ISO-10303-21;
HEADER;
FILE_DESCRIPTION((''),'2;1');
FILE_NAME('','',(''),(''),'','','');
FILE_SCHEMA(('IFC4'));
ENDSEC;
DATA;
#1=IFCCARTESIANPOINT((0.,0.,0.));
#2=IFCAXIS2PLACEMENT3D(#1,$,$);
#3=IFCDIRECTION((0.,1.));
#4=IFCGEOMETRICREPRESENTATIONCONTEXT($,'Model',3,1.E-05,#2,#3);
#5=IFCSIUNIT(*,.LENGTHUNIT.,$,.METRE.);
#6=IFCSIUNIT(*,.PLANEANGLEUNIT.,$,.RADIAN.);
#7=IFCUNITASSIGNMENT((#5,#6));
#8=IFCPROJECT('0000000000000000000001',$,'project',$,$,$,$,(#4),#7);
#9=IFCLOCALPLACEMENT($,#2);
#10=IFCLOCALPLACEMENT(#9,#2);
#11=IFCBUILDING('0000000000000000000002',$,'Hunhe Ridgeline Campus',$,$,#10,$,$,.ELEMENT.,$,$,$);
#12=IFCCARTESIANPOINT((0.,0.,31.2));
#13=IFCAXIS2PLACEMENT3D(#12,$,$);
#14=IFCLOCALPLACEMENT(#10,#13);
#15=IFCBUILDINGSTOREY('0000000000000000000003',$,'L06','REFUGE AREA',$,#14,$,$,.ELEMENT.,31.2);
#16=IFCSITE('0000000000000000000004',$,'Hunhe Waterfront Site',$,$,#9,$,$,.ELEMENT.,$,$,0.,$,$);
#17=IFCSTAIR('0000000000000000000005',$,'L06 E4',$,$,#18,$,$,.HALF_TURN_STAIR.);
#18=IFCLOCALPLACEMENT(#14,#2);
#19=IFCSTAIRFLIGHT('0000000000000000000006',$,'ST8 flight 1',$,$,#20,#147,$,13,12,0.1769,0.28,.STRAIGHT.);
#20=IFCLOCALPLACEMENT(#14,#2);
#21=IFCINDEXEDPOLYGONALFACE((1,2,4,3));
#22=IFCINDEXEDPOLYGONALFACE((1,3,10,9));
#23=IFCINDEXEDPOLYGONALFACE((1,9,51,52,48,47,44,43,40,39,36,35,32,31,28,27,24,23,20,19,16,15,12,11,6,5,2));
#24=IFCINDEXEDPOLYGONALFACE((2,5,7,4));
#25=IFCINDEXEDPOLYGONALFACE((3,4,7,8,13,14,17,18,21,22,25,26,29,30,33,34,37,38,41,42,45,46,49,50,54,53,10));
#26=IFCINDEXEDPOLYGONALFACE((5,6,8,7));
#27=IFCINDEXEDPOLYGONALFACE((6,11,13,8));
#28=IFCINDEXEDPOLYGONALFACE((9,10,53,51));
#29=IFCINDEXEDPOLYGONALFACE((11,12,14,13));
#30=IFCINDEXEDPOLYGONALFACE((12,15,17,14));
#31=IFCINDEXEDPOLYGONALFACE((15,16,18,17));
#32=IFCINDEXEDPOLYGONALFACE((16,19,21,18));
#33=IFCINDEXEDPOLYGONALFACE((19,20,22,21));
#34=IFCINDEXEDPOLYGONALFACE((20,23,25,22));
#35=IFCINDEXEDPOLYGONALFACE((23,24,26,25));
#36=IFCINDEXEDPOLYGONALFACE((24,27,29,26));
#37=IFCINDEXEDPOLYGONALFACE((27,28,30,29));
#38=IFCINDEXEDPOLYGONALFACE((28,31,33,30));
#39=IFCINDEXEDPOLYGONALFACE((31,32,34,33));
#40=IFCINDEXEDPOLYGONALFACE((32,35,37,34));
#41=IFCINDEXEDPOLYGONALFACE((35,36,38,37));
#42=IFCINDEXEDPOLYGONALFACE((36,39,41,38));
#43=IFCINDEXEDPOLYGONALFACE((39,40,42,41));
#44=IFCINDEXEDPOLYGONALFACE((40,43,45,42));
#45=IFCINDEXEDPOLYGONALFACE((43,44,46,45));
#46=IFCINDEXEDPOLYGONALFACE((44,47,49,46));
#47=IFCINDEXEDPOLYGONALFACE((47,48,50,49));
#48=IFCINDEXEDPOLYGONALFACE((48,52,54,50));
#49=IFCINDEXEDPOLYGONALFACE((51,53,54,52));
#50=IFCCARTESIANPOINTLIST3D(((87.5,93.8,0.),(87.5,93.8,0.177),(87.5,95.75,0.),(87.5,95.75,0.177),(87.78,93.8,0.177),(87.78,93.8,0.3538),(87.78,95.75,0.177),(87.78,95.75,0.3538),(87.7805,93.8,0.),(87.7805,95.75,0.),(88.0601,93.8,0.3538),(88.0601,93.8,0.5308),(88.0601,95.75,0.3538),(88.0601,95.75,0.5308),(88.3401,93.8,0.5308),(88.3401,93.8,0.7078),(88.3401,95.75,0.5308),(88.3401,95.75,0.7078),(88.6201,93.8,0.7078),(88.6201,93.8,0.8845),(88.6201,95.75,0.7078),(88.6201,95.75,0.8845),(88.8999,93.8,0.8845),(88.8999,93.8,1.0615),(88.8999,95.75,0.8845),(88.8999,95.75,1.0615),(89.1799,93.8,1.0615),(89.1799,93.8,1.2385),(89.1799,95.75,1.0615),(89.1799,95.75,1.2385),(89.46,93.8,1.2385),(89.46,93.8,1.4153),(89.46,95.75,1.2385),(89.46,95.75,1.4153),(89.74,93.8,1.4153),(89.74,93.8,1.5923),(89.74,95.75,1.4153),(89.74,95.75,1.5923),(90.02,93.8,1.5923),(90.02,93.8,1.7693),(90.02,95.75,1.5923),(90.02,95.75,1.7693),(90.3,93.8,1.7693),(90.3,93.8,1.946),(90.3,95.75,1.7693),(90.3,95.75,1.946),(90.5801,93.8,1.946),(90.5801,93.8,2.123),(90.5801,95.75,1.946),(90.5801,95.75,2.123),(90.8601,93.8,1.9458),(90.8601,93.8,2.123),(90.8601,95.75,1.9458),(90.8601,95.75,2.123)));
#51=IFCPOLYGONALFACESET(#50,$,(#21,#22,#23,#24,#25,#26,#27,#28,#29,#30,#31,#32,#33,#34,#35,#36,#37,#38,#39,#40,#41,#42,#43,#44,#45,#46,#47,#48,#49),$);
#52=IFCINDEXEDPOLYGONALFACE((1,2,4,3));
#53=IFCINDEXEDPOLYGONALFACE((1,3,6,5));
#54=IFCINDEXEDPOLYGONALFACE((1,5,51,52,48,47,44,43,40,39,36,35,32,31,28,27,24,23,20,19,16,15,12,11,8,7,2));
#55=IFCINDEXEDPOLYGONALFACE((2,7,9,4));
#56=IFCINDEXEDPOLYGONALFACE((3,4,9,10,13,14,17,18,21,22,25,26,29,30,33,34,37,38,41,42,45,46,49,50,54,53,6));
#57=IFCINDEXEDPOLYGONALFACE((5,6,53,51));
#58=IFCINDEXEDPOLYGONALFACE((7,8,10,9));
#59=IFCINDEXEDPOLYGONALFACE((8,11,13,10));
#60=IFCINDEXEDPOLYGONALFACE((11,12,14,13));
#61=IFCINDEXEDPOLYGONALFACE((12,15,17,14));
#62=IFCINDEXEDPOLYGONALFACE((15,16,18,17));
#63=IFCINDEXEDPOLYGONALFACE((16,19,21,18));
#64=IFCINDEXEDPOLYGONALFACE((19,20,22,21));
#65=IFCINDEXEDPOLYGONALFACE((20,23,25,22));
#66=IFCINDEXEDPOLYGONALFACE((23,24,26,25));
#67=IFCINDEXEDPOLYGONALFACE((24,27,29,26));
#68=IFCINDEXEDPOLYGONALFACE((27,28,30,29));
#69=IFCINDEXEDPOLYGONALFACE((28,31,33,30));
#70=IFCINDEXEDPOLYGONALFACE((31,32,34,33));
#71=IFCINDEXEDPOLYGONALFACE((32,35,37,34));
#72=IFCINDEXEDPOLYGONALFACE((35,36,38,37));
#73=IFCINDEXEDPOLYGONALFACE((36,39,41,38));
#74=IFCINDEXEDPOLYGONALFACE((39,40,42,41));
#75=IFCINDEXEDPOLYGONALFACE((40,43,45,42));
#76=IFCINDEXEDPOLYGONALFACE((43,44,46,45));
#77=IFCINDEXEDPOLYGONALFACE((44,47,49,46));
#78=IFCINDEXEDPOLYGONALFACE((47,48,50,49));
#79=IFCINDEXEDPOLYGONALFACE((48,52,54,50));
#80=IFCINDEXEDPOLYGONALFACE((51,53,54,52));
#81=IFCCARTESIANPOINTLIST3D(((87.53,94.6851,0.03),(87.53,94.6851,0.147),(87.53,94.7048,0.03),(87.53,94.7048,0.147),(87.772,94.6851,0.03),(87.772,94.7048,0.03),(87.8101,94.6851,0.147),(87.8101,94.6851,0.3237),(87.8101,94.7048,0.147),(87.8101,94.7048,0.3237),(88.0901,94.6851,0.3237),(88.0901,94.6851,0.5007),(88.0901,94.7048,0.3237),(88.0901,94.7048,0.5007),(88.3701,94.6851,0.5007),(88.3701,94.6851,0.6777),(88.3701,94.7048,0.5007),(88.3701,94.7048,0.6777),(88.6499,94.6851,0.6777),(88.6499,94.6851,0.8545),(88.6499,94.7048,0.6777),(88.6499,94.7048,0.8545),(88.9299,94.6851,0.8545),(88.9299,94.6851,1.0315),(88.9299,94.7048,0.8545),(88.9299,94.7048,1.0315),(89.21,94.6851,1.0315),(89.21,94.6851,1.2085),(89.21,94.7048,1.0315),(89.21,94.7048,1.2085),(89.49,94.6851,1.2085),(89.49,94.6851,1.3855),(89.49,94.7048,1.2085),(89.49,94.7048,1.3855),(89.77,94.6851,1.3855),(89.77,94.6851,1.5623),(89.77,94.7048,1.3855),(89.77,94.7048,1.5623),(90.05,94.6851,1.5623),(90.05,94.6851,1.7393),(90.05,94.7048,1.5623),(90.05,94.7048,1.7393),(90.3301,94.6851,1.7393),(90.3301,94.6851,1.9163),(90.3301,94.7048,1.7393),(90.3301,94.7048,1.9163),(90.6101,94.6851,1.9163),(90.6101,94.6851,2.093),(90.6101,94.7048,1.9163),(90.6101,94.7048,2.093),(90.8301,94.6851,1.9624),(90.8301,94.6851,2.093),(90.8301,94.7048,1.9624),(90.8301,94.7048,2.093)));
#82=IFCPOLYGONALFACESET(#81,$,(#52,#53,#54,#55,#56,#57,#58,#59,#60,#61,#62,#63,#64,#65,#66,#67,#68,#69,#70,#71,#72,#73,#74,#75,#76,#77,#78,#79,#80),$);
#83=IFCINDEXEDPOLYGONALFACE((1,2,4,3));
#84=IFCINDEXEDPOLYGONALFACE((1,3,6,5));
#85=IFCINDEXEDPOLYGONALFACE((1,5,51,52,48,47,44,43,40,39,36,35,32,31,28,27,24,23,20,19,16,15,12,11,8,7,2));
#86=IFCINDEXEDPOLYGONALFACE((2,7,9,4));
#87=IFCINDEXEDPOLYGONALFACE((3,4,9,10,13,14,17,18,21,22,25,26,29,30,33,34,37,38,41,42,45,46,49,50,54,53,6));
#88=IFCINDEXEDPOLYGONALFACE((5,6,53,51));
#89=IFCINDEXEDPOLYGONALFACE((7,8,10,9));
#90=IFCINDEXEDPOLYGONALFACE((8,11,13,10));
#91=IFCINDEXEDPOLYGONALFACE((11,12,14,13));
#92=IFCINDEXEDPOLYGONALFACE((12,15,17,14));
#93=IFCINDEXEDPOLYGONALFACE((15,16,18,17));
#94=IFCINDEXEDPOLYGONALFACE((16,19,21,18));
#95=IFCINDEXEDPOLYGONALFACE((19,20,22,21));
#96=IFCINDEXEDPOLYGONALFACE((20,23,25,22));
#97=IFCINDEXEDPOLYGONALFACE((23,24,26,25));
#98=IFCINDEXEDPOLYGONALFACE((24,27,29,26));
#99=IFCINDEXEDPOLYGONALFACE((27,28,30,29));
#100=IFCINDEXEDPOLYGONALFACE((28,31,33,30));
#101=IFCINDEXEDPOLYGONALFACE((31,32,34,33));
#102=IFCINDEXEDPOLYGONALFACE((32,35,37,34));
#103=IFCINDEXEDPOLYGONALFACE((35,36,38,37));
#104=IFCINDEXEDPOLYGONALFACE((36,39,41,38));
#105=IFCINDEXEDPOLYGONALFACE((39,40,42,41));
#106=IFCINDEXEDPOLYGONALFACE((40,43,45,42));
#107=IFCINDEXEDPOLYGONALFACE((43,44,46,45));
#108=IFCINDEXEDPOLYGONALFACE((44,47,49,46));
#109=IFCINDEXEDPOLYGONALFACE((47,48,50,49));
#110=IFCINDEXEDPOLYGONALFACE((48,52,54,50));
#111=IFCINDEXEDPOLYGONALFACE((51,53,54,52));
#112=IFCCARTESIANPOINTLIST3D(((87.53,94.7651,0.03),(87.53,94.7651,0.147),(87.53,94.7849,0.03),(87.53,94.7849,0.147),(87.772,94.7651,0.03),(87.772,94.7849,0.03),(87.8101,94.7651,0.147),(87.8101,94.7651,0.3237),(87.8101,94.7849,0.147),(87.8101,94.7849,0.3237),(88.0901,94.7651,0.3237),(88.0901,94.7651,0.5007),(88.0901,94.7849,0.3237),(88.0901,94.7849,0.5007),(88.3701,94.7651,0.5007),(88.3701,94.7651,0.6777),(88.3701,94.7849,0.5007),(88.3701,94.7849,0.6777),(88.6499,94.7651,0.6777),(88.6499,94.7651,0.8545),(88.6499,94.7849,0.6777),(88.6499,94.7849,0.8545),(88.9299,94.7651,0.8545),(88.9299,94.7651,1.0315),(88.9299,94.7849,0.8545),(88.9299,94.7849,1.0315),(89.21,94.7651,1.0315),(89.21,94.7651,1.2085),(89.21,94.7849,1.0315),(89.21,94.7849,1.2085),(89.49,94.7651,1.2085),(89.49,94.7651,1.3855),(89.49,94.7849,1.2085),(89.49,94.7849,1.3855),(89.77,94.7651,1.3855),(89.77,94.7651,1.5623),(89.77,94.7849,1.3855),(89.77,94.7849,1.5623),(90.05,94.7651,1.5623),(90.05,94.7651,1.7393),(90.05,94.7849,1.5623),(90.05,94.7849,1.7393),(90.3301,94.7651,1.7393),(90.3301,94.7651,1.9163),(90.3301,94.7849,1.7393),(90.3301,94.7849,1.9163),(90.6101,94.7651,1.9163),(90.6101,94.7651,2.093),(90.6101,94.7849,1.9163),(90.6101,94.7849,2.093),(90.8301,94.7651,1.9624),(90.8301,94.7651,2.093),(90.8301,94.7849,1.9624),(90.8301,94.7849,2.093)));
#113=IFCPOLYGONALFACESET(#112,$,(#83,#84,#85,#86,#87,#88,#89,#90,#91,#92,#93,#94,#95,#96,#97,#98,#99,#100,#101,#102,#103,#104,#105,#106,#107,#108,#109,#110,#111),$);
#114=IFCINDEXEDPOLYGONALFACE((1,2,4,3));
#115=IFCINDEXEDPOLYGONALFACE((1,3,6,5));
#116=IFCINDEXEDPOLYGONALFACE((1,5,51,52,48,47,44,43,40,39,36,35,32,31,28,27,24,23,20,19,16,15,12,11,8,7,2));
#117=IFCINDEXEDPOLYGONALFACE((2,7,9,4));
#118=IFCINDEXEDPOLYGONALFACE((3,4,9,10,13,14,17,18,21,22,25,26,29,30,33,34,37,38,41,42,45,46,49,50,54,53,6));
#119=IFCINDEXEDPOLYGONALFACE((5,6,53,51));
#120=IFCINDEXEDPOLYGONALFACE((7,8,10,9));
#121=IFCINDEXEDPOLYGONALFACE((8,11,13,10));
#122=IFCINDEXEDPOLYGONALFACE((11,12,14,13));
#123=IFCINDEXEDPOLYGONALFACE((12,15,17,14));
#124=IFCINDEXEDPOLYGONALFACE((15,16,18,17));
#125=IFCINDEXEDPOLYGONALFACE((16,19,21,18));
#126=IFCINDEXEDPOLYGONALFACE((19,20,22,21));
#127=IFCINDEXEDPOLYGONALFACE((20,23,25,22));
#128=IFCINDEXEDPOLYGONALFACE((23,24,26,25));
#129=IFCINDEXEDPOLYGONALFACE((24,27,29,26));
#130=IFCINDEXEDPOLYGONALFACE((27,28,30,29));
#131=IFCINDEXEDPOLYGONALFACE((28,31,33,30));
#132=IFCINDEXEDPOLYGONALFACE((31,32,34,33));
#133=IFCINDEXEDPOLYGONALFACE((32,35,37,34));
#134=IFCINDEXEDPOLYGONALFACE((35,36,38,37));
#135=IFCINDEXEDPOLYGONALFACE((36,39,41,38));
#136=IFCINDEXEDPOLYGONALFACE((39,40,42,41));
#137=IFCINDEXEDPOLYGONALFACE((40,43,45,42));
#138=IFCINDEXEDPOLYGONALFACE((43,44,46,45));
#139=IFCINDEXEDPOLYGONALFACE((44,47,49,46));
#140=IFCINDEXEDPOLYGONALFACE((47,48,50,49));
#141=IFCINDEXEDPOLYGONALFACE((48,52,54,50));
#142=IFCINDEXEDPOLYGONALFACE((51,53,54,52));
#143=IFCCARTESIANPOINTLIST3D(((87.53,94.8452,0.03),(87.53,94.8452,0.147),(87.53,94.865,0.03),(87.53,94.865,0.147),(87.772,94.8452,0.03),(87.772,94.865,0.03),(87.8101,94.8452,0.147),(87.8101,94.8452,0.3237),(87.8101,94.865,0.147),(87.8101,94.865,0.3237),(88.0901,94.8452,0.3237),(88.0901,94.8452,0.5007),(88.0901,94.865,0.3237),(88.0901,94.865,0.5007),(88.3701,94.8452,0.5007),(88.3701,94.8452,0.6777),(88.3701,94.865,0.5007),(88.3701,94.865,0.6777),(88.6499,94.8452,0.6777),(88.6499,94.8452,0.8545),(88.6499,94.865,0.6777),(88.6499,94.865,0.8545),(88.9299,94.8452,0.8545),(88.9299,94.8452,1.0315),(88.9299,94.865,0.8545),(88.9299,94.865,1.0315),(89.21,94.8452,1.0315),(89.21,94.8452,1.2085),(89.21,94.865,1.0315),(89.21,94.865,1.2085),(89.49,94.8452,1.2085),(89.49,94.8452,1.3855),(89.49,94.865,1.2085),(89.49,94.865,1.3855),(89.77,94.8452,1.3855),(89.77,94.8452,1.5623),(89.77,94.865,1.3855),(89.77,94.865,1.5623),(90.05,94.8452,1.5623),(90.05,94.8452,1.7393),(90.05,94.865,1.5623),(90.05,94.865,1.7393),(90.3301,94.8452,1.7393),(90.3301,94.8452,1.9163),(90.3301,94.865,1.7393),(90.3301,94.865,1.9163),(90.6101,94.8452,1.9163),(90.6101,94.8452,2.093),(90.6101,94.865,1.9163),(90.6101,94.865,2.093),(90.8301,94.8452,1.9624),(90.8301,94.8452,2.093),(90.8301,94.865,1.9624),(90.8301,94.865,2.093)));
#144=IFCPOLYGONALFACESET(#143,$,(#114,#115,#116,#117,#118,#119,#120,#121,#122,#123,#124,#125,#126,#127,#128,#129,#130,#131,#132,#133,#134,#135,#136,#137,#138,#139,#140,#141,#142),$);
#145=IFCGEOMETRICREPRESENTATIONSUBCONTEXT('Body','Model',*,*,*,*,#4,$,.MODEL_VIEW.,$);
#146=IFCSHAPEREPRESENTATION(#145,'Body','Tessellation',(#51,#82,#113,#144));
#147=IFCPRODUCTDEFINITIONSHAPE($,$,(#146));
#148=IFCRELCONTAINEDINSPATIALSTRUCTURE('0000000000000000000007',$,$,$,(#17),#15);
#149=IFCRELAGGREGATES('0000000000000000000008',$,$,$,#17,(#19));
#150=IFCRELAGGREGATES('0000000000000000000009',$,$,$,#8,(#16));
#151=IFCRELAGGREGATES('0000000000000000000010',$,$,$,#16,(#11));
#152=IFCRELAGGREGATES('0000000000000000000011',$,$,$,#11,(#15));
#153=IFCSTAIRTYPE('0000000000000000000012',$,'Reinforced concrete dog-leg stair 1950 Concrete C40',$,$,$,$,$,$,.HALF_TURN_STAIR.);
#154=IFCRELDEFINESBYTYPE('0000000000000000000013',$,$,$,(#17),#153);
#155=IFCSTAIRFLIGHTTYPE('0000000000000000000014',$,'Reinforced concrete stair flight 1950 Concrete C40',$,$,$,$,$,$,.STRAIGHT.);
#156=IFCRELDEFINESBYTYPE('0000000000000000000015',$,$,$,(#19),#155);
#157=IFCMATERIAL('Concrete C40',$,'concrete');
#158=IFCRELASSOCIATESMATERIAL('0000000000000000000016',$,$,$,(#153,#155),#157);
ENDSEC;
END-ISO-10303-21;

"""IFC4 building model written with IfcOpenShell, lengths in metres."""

from ifc_helpers import new_model, si_unit, direction, frame, origin, place, context, subcontext, project, spatial, polyline, outline, extrude, material, type_object, element, aggregate, save


model = new_model("IFC4")

# Units and contexts
model_context = context("Model", 3, precision=1e-05, world=origin(), true_north=direction((0.0, 1.0)))
body_context = subcontext(model_context, "Body", "Model", "MODEL_VIEW")
ifc_project = project(units=[si_unit("LENGTHUNIT", "METRE"), si_unit("PLANEANGLEUNIT", "RADIAN")], contexts=[model_context])

# Site, building, storey
site_placement = place(None, origin())
site = spatial("IfcSite", under=ifc_project, at=site_placement, Name="Hunhe Waterfront Site", CompositionType="ELEMENT", RefElevation=0.0)
building_placement = place(site_placement, origin())
building = spatial("IfcBuilding", under=site, at=building_placement, Name="Hunhe Ridgeline Campus", CompositionType="ELEMENT")
storey_placement = place(building_placement, frame((0.0, 0.0, 31.2)))
storey = spatial("IfcBuildingStorey", under=building, at=storey_placement, Name="L06", Description="REFUGE AREA", CompositionType="ELEMENT", Elevation=31.2)

# Stair, stair flight
ifc_material_1 = material(Name="Concrete C40", Category="concrete")
stair_type = type_object("IfcStairType", Name="Reinforced concrete dog-leg stair 1950 Concrete C40", PredefinedType="HALF_TURN_STAIR", material=ifc_material_1)
stair_placement = place(storey_placement, origin())
stair = element("IfcStair", 1, at=stair_placement, inside=storey, type_object=stair_type, Name="L06 E4", PredefinedType="HALF_TURN_STAIR")
stair_flight_type = type_object("IfcStairFlightType", Name="Reinforced concrete stair flight 1950 Concrete C40", PredefinedType="STRAIGHT", material=ifc_material_1)
stair_flight_1_placement = place(storey_placement, frame((87.5, 94.7749, 0.0), z_axis=(0.0, 0.0, 1.0), x_axis=(1.0, 0.0, 0.0)))
stair_flight_1 = element("IfcStairFlight", 2, at=stair_flight_1_placement, type_object=stair_flight_type, Name="ST8 flight 1", NumberOfRisers=13, NumberOfTreads=12, PredefinedType="STRAIGHT", RiserHeight=0.1769, TreadLength=0.28, context=body_context, shape_type="SweptSolid", body=[
    extrude(outline(polyline([(0.0, 0.0), (0.0, 0.177), (0.28, 0.177), (0.28, 0.3538), (0.5601, 0.3538), (0.5601, 0.5308), (0.8401, 0.5308), (0.8401, 0.7078), (1.1201, 0.7078), (1.1201, 0.8845), (1.3999, 0.8845), (1.3999, 1.0615), (1.6799, 1.0615), (1.6799, 1.2385), (1.96, 1.2385), (1.96, 1.4153), (2.24, 1.4153), (2.24, 1.5923), (2.52, 1.5923), (2.52, 1.7693), (2.8, 1.7693), (2.8, 1.946), (3.0801, 1.946), (3.0801, 2.123), (3.3601, 2.123), (3.3601, 2.3), (3.3601, 1.9458), (0.2805, 0.0), (0.0, 0.0)])), frame((0.0, 0.9751, 0.0), z_axis=(0.0, -1.0, 0.0), x_axis=(1.0, 0.0, 0.0)), (0.0, 0.0, 1.0), 1.95),
    extrude(outline(polyline([(0.03, 0.03), (0.03, 0.147), (0.3101, 0.147), (0.3101, 0.3237), (0.5901, 0.3237), (0.5901, 0.5007), (0.8701, 0.5007), (0.8701, 0.6777), (1.1499, 0.6777), (1.1499, 0.8545), (1.4299, 0.8545), (1.4299, 1.0315), (1.71, 1.0315), (1.71, 1.2085), (1.99, 1.2085), (1.99, 1.3855), (2.27, 1.3855), (2.27, 1.5623), (2.55, 1.5623), (2.55, 1.7393), (2.8301, 1.7393), (2.8301, 1.9163), (3.1101, 1.9163), (3.1101, 2.093), (3.3301, 2.093), (3.3301, 1.9624), (0.272, 0.03), (0.03, 0.03)])), frame((0.0, -0.0701, 0.0), z_axis=(0.0, -1.0, 0.0), x_axis=(1.0, 0.0, 0.0)), (0.0, 0.0, 1.0), 0.0198),
    extrude(outline(polyline([(0.03, 0.03), (0.03, 0.147), (0.3101, 0.147), (0.3101, 0.3237), (0.5901, 0.3237), (0.5901, 0.5007), (0.8701, 0.5007), (0.8701, 0.6777), (1.1499, 0.6777), (1.1499, 0.8545), (1.4299, 0.8545), (1.4299, 1.0315), (1.71, 1.0315), (1.71, 1.2085), (1.99, 1.2085), (1.99, 1.3855), (2.27, 1.3855), (2.27, 1.5623), (2.55, 1.5623), (2.55, 1.7393), (2.8301, 1.7393), (2.8301, 1.9163), (3.1101, 1.9163), (3.1101, 2.093), (3.3301, 2.093), (3.3301, 1.9624), (0.272, 0.03), (0.03, 0.03)])), frame((0.0, 0.01, 0.0), z_axis=(0.0, -1.0, 0.0), x_axis=(1.0, 0.0, 0.0)), (0.0, 0.0, 1.0), 0.0198),
    extrude(outline(polyline([(0.03, 0.03), (0.03, 0.147), (0.3101, 0.147), (0.3101, 0.3237), (0.5901, 0.3237), (0.5901, 0.5007), (0.8701, 0.5007), (0.8701, 0.6777), (1.1499, 0.6777), (1.1499, 0.8545), (1.4299, 0.8545), (1.4299, 1.0315), (1.71, 1.0315), (1.71, 1.2085), (1.99, 1.2085), (1.99, 1.3855), (2.27, 1.3855), (2.27, 1.5623), (2.55, 1.5623), (2.55, 1.7393), (2.8301, 1.7393), (2.8301, 1.9163), (3.1101, 1.9163), (3.1101, 2.093), (3.3301, 2.093), (3.3301, 1.9624), (0.272, 0.03), (0.03, 0.03)])), frame((0.0, 0.0901, 0.0), z_axis=(0.0, -1.0, 0.0), x_axis=(1.0, 0.0, 0.0)), (0.0, 0.0, 1.0), 0.0198),
])
aggregate(stair, [stair_flight_1])

save(model, "model.ifc")
